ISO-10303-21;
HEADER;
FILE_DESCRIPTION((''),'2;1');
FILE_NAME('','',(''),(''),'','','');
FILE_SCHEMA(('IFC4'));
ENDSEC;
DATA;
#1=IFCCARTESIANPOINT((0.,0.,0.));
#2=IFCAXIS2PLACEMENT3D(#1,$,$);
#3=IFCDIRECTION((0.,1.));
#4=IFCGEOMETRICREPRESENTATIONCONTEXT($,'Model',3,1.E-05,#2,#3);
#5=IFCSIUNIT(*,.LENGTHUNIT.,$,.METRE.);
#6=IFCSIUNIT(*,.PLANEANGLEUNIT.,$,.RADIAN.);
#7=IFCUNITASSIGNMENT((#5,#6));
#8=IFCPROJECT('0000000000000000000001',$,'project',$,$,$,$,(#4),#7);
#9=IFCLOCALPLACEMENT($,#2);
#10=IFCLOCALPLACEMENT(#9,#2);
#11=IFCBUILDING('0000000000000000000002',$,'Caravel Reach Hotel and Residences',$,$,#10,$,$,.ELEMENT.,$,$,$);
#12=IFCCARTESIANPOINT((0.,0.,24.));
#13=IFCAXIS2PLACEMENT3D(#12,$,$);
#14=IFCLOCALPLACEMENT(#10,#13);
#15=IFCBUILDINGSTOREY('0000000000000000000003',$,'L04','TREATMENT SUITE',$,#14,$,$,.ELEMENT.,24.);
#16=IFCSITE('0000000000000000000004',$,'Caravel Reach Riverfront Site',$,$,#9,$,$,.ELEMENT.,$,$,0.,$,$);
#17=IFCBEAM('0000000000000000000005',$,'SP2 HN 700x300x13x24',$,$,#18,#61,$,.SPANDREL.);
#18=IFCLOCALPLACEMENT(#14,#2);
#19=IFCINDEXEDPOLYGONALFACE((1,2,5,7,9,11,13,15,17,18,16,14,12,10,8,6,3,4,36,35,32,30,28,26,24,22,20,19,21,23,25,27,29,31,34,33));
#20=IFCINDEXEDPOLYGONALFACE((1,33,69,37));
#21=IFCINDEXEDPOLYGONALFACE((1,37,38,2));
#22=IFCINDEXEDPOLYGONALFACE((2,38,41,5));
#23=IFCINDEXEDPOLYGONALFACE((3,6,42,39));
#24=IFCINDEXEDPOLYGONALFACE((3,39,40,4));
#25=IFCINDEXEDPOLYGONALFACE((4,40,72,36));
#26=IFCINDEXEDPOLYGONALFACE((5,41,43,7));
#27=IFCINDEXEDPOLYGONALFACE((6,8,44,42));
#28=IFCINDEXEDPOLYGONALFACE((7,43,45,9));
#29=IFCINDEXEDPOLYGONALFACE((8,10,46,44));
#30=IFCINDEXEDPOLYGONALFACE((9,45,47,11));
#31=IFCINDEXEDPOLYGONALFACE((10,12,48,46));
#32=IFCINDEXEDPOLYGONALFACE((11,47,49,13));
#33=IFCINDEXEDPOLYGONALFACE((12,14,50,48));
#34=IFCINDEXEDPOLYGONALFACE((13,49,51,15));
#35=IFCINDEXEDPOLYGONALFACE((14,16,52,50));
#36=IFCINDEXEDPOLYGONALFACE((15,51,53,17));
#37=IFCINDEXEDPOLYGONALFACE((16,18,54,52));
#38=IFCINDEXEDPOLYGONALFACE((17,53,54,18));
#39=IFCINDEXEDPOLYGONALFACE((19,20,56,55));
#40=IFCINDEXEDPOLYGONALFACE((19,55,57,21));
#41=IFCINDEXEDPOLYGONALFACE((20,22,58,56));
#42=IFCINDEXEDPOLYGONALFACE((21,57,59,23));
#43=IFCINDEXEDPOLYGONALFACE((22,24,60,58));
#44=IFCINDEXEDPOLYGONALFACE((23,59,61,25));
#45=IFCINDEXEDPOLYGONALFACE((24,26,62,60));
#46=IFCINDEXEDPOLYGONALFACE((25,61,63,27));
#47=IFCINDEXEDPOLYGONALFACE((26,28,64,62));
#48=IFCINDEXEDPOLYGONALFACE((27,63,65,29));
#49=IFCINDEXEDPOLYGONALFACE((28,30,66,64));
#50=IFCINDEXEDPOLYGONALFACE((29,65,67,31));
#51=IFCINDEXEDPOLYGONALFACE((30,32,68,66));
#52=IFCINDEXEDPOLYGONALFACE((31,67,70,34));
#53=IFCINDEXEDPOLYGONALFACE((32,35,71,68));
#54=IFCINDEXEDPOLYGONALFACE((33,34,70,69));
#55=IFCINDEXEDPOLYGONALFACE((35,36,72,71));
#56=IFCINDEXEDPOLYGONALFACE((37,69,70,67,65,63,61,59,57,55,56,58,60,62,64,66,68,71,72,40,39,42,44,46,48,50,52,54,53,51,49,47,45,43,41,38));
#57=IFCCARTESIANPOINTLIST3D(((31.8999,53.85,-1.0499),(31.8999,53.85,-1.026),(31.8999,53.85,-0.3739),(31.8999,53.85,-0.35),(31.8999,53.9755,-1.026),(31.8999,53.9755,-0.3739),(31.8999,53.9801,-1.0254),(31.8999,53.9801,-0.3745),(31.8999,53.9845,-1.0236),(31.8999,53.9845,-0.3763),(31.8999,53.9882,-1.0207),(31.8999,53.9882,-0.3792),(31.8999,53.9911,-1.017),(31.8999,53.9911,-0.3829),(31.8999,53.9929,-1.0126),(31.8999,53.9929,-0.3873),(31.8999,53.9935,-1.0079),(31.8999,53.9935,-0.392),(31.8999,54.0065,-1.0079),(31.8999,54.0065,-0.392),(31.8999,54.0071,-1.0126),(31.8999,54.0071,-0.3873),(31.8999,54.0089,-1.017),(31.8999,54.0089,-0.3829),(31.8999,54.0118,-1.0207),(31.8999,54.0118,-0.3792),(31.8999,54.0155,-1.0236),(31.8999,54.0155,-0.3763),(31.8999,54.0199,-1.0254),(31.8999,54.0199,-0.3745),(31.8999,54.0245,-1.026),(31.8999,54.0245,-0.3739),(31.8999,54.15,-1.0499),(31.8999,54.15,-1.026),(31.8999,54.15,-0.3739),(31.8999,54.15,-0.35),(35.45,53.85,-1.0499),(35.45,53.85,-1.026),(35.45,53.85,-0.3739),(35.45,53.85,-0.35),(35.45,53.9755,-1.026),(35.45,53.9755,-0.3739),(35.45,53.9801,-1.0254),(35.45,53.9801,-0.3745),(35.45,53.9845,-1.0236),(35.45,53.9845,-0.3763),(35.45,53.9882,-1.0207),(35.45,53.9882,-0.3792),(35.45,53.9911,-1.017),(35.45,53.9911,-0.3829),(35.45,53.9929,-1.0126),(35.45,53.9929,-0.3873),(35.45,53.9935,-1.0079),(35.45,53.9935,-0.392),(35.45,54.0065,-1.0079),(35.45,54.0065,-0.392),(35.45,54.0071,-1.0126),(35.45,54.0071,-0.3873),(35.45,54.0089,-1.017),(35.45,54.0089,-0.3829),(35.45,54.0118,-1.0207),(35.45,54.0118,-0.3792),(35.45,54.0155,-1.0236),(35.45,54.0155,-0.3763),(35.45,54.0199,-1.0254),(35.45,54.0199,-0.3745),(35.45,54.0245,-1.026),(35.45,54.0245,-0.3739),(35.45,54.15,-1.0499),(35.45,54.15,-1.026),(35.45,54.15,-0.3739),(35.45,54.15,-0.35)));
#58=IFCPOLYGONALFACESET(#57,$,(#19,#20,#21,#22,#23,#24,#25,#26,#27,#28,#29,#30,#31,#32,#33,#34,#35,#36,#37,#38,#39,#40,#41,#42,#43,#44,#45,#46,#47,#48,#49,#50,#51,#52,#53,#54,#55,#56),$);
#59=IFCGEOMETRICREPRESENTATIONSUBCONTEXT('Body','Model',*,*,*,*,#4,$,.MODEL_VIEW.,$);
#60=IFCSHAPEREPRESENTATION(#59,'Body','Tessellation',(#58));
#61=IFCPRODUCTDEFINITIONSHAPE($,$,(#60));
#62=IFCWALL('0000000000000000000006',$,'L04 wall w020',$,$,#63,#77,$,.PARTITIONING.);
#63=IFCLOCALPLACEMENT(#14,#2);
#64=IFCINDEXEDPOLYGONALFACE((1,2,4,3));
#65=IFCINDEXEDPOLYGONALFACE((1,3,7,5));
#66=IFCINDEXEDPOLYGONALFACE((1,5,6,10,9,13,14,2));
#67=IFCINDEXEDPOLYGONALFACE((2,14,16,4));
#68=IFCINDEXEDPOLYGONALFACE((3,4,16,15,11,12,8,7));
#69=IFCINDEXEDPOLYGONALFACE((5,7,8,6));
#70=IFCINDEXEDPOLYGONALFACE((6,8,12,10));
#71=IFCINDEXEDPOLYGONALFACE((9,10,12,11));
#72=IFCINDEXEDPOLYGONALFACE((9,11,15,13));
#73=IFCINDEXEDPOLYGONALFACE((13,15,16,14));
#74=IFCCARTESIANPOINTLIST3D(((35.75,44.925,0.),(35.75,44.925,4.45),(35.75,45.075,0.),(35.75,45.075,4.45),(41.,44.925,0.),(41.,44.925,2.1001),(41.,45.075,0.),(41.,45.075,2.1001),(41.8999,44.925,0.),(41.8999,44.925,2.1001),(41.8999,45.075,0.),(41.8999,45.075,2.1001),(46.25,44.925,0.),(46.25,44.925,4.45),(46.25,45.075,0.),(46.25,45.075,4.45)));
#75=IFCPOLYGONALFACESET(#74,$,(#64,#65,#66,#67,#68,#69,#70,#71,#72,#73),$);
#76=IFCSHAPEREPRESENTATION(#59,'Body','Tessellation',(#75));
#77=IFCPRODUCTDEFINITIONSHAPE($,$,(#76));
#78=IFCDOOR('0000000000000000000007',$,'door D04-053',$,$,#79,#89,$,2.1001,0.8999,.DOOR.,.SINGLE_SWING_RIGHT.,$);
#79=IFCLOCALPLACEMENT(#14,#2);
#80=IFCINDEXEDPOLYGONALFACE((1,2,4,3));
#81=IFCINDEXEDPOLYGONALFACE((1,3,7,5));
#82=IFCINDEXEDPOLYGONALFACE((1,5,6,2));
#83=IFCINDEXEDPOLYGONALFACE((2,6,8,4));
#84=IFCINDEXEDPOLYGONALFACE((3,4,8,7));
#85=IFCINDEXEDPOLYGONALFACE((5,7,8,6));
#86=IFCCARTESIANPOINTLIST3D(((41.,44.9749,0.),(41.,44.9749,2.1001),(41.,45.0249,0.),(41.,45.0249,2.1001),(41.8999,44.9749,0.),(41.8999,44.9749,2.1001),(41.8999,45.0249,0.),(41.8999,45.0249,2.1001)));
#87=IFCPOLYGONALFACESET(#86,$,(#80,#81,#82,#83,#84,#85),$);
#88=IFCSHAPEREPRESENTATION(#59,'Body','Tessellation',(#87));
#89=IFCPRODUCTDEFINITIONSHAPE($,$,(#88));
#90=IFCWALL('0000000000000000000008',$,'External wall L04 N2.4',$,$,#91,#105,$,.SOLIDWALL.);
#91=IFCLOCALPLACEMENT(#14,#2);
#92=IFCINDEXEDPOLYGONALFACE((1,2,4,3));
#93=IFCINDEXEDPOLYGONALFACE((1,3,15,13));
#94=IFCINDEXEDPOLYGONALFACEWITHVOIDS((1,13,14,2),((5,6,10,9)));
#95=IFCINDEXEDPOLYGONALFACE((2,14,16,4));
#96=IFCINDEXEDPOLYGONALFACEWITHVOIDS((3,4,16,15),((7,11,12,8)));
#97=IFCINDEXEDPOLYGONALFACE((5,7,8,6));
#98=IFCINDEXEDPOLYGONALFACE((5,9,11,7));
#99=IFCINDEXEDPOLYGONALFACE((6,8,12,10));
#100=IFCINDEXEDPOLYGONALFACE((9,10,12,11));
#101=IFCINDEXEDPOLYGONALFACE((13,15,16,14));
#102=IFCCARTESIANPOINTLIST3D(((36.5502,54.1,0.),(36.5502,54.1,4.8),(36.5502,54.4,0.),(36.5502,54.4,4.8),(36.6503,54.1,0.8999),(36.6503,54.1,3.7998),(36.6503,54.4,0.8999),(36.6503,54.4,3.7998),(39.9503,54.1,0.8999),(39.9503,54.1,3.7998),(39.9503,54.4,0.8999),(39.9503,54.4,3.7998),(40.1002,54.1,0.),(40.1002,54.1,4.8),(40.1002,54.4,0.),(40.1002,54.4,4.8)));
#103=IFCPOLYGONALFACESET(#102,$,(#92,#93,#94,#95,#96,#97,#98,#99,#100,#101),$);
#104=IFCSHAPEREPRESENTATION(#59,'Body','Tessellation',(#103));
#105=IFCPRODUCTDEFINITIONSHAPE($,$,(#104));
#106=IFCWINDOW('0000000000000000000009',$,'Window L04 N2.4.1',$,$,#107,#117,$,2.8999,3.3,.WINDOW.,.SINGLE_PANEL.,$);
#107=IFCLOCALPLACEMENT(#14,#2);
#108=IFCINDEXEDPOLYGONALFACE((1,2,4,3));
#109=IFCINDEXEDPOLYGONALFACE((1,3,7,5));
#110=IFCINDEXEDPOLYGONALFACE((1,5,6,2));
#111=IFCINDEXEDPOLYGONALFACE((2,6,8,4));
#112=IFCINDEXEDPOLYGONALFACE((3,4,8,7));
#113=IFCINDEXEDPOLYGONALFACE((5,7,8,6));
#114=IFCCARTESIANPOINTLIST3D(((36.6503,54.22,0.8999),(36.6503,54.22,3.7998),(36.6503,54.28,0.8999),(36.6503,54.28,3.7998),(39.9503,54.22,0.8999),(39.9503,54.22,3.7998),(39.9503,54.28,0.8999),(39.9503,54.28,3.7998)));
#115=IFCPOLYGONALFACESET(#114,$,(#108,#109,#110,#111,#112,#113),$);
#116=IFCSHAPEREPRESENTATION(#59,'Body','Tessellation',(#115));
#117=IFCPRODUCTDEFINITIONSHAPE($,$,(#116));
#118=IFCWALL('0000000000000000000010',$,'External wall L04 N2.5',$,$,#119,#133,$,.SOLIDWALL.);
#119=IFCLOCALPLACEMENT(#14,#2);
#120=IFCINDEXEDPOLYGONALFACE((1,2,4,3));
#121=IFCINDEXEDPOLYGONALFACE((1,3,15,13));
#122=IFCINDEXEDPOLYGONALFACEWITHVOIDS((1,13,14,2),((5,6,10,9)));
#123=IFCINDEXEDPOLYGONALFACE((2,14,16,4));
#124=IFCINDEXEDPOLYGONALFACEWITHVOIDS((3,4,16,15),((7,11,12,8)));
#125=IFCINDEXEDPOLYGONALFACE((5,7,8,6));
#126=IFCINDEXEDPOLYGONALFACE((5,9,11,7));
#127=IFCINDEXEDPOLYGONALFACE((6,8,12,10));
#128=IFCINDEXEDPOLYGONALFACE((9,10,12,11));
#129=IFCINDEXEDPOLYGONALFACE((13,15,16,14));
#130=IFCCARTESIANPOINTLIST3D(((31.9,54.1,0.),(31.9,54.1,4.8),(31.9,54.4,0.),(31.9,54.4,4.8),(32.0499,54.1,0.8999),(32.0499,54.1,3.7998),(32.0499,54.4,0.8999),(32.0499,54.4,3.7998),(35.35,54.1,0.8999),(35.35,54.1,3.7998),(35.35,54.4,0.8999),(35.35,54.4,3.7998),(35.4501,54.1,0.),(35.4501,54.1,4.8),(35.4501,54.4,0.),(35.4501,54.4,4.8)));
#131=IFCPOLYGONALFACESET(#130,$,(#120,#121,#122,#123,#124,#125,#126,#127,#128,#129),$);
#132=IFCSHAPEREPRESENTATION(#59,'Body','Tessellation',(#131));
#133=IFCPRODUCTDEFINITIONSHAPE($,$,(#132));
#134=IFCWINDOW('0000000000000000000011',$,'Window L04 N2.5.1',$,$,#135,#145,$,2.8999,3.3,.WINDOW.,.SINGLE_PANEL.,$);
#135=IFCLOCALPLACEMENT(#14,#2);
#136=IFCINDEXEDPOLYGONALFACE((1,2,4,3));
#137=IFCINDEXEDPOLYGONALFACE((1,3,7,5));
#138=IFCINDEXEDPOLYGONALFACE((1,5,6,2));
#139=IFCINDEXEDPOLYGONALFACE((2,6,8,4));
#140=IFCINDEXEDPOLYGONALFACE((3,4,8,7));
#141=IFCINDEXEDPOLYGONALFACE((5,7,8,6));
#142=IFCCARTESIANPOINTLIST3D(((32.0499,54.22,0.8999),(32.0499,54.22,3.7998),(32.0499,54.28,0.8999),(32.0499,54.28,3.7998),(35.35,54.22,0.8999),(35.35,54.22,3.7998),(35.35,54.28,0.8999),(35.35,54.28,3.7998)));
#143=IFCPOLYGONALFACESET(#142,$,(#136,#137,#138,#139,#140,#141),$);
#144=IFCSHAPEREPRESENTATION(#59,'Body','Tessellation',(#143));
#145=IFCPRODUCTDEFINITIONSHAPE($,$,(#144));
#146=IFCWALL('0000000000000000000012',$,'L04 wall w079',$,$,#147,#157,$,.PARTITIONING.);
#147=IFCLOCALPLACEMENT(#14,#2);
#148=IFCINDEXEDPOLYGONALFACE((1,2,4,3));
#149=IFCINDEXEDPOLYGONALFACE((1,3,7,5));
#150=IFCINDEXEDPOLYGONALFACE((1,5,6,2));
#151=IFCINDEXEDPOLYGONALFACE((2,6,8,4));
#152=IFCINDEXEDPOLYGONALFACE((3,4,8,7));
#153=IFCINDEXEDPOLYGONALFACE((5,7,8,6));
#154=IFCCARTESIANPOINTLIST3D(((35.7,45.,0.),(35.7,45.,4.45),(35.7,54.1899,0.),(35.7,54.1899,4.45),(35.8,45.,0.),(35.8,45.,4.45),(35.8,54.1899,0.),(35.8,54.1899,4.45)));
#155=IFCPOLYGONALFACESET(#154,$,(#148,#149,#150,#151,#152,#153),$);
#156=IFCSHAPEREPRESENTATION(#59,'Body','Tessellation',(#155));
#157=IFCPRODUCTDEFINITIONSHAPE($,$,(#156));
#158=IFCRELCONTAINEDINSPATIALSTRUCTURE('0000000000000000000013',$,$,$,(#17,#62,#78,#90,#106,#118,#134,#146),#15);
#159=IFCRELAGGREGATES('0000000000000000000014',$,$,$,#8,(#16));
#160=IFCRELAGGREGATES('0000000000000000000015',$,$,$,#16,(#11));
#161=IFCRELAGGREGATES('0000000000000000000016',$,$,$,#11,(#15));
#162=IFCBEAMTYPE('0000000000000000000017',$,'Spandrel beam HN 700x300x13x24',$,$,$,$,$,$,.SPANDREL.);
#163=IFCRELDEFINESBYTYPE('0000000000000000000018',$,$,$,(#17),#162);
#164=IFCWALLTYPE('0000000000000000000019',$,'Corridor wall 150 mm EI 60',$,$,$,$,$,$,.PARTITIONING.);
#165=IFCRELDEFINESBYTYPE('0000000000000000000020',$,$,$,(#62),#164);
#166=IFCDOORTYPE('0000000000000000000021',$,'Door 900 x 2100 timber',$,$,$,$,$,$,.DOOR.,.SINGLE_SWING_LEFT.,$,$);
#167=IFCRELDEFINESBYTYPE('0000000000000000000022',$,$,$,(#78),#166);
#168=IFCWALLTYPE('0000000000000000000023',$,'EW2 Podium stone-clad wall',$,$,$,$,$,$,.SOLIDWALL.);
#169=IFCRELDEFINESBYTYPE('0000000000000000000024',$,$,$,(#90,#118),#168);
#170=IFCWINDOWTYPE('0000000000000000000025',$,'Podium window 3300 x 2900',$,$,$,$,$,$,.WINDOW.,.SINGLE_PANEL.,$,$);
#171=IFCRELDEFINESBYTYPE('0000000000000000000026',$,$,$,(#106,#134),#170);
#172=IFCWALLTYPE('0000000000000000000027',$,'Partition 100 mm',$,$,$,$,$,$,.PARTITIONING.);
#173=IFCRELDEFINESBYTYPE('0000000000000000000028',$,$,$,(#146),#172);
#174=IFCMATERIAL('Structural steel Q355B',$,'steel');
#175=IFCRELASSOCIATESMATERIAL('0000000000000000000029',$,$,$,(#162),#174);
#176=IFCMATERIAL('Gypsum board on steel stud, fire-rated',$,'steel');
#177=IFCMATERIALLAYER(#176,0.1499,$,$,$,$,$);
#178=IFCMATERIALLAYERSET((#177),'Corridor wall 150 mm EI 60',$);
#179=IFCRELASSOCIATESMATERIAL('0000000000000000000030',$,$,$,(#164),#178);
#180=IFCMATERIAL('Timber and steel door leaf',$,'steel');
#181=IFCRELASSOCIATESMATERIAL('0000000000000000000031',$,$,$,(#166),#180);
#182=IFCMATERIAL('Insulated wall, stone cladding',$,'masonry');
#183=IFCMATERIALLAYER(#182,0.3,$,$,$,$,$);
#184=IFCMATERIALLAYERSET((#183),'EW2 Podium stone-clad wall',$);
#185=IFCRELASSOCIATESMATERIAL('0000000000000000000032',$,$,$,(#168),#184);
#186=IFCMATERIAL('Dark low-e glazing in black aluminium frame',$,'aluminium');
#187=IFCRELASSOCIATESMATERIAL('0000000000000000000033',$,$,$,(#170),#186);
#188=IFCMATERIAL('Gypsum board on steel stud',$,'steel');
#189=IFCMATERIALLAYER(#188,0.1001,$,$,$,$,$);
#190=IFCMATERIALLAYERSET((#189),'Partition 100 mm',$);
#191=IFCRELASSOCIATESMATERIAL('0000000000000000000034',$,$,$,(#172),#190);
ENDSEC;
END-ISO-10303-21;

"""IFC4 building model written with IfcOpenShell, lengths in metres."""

from ifc_helpers import new_model, si_unit, direction, frame, frame_2d, origin, origin_2d, place, context, subcontext, project, spatial, rectangle, i_section, extrude, material, layer, layer_set, material_profile, profile_set, type_object, element, fill, save


model = new_model("IFC4")

# Units and contexts
model_context = context("Model", 3, precision=1e-05, world=origin(), true_north=direction((0.0, 1.0)))
body_context = subcontext(model_context, "Body", "Model", "MODEL_VIEW")
ifc_project = project(units=[si_unit("LENGTHUNIT", "METRE"), si_unit("PLANEANGLEUNIT", "RADIAN")], contexts=[model_context])

# Site, building, storey
site_placement = place(None, origin())
site = spatial("IfcSite", under=ifc_project, at=site_placement, Name="Caravel Reach Riverfront Site", CompositionType="ELEMENT", RefElevation=0.0)
building_placement = place(site_placement, origin())
building = spatial("IfcBuilding", under=site, at=building_placement, Name="Caravel Reach Hotel and Residences", CompositionType="ELEMENT")
storey_placement = place(building_placement, frame((0.0, 0.0, 24.0)))
storey = spatial("IfcBuildingStorey", under=building, at=storey_placement, Name="L04", Description="TREATMENT SUITE", CompositionType="ELEMENT", Elevation=24.0)

# Beam
ifc_material_1 = material(Name="Structural steel Q355B", Category="steel")
ifc_material_profile_1 = material_profile(ifc_material_1, i_section(OverallWidth=0.3, OverallDepth=0.7, WebThickness=0.0129, FlangeThickness=0.0239, FilletRadius=0.0181, at=origin_2d()), Name="HN 700x300x13x24")
ifc_profile_set_1 = profile_set([ifc_material_profile_1], Name="Structural steel Q355B")
beam_type = type_object("IfcBeamType", Name="Spandrel beam HN 700x300x13x24", PredefinedType="SPANDREL", material=ifc_profile_set_1)
for number, where, z_axis, x_axis, name in (
    (1, (35.45, 54.0, -0.7), (-1.0, 0.0, 0.0), (0.0, -1.0, 0.0), "SP2 HN 700x300x13x24"),
):
    element("IfcBeam", number, at=place(storey_placement, frame(where, z_axis=z_axis, x_axis=x_axis)), inside=storey, type_object=beam_type, Name=name, PredefinedType="SPANDREL", context=body_context, shape_type="SweptSolid", body=[
        extrude(i_section(OverallWidth=0.3, OverallDepth=0.7, WebThickness=0.0129, FlangeThickness=0.0239, FilletRadius=0.0181, at=origin_2d()), origin(), (0.0, 0.0, 1.0), 3.55),
    ])

# Wall, opening, door
ifc_material_2 = material(Name="Gypsum board on steel stud, fire-rated", Category="steel")
ifc_layer_1 = layer(ifc_material_2, 0.1499)
ifc_layer_set_1 = layer_set([ifc_layer_1], Name="Corridor wall 150 mm EI 60")
wall_type_1 = type_object("IfcWallType", Name="Corridor wall 150 mm EI 60", PredefinedType="PARTITIONING", material=ifc_layer_set_1)
wall_1_placement = place(storey_placement, frame((35.75, 45.0, 0.0), z_axis=(0.0, 0.0, 1.0), x_axis=(1.0, 0.0, 0.0)))
wall_1 = element("IfcWall", 2, at=wall_1_placement, inside=storey, type_object=wall_type_1, Name="L04 wall w020", PredefinedType="PARTITIONING", context=body_context, shape_type="SweptSolid", body=[
    extrude(rectangle(XDim=10.5, YDim=0.1499, at=frame_2d((5.25, 0.0))), origin(), (0.0, 0.0, 1.0), 4.45),
])
opening_1_placement = place(wall_1_placement, frame((5.25, 0.0, 0.0)))
opening_1 = element("IfcOpeningElement", 3, at=opening_1_placement, cuts=wall_1, PredefinedType="OPENING", context=body_context, shape_type="SweptSolid", body=[
    extrude(rectangle(XDim=0.8999, YDim=2.1001, at=frame_2d((0.45, 1.05))), frame((0.0, 0.085, 0.0), z_axis=(0.0, -1.0, 0.0), x_axis=(1.0, 0.0, 0.0)), (0.0, 0.0, 1.0), 0.1699),
])
ifc_material_3 = material(Name="Timber and steel door leaf", Category="steel")
door_type = type_object("IfcDoorType", Name="Door 900 x 2100 timber", OperationType="SINGLE_SWING_LEFT", PredefinedType="DOOR", material=ifc_material_3)
door_placement = place(opening_1_placement, origin())
door = element("IfcDoor", 4, at=door_placement, inside=storey, type_object=door_type, Name="door D04-053", OperationType="SINGLE_SWING_RIGHT", OverallHeight=2.1001, OverallWidth=0.8999, PredefinedType="DOOR", context=body_context, shape_type="SweptSolid", body=[
    extrude(rectangle(XDim=0.8999, YDim=2.1001, at=frame_2d((0.45, 1.05))), frame((0.0, 0.0249, 0.0), z_axis=(0.0, -1.0, 0.0), x_axis=(1.0, 0.0, 0.0)), (0.0, 0.0, 1.0), 0.05),
])
fill(opening_1, door)

# Walls, openings, windows
ifc_material_4 = material(Name="Insulated wall, stone cladding", Category="masonry")
ifc_layer_2 = layer(ifc_material_4, 0.3)
ifc_layer_set_2 = layer_set([ifc_layer_2], Name="EW2 Podium stone-clad wall")
wall_type_2 = type_object("IfcWallType", Name="EW2 Podium stone-clad wall", PredefinedType="SOLIDWALL", material=ifc_layer_set_2)
wall_2_placement = place(storey_placement, frame((40.1001, 54.25, 0.0), z_axis=(0.0, 0.0, 1.0), x_axis=(-1.0, 0.0, 0.0)))
wall_2 = element("IfcWall", 5, at=wall_2_placement, inside=storey, type_object=wall_type_2, Name="External wall L04 N2.4", PredefinedType="SOLIDWALL", context=body_context, shape_type="SweptSolid", body=[
    extrude(rectangle(XDim=3.55, YDim=0.3, at=frame_2d((1.7749, 0.0))), origin(), (0.0, 0.0, 1.0), 4.8),
])
opening_2_placement = place(wall_2_placement, frame((0.1499, 0.0, 0.8999)))
opening_2 = element("IfcOpeningElement", 6, at=opening_2_placement, cuts=wall_2, PredefinedType="OPENING", context=body_context, shape_type="SweptSolid", body=[
    extrude(rectangle(XDim=3.3, YDim=2.8999, at=frame_2d((1.6499, 1.45))), frame((0.0, 0.1599, 0.0), z_axis=(0.0, -1.0, 0.0), x_axis=(1.0, 0.0, 0.0)), (0.0, 0.0, 1.0), 0.3201),
])
ifc_material_5 = material(Name="Dark low-e glazing in black aluminium frame", Category="aluminium")
window_type = type_object("IfcWindowType", Name="Podium window 3300 x 2900", PartitioningType="SINGLE_PANEL", PredefinedType="WINDOW", material=ifc_material_5)
window_1_placement = place(opening_2_placement, origin())
window_1 = element("IfcWindow", 7, at=window_1_placement, inside=storey, type_object=window_type, Name="Window L04 N2.4.1", OverallHeight=2.8999, OverallWidth=3.3, PartitioningType="SINGLE_PANEL", PredefinedType="WINDOW", context=body_context, shape_type="SweptSolid", body=[
    extrude(rectangle(XDim=3.3, YDim=2.8999, at=frame_2d((1.6499, 1.45))), frame((0.0, 0.03, 0.0), z_axis=(0.0, -1.0, 0.0), x_axis=(1.0, 0.0, 0.0)), (0.0, 0.0, 1.0), 0.0601),
])
fill(opening_2, window_1)
wall_3_placement = place(storey_placement, frame((35.45, 54.25, 0.0), z_axis=(0.0, 0.0, 1.0), x_axis=(-1.0, 0.0, 0.0)))
wall_3 = element("IfcWall", 8, at=wall_3_placement, inside=storey, type_object=wall_type_2, Name="External wall L04 N2.5", PredefinedType="SOLIDWALL", context=body_context, shape_type="SweptSolid", body=[
    extrude(rectangle(XDim=3.55, YDim=0.3, at=frame_2d((1.7749, 0.0))), origin(), (0.0, 0.0, 1.0), 4.8),
])
opening_3_placement = place(wall_3_placement, frame((0.1001, 0.0, 0.8999)))
opening_3 = element("IfcOpeningElement", 9, at=opening_3_placement, cuts=wall_3, PredefinedType="OPENING", context=body_context, shape_type="SweptSolid", body=[
    extrude(rectangle(XDim=3.3, YDim=2.8999, at=frame_2d((1.6499, 1.45))), frame((0.0, 0.1599, 0.0), z_axis=(0.0, -1.0, 0.0), x_axis=(1.0, 0.0, 0.0)), (0.0, 0.0, 1.0), 0.3201),
])
window_2_placement = place(opening_3_placement, origin())
window_2 = element("IfcWindow", 10, at=window_2_placement, inside=storey, type_object=window_type, Name="Window L04 N2.5.1", OverallHeight=2.8999, OverallWidth=3.3, PartitioningType="SINGLE_PANEL", PredefinedType="WINDOW", context=body_context, shape_type="SweptSolid", body=[
    extrude(rectangle(XDim=3.3, YDim=2.8999, at=frame_2d((1.6499, 1.45))), frame((0.0, 0.03, 0.0), z_axis=(0.0, -1.0, 0.0), x_axis=(1.0, 0.0, 0.0)), (0.0, 0.0, 1.0), 0.0601),
])
fill(opening_3, window_2)

# Wall
ifc_material_6 = material(Name="Gypsum board on steel stud", Category="steel")
ifc_layer_3 = layer(ifc_material_6, 0.1001)
ifc_layer_set_3 = layer_set([ifc_layer_3], Name="Partition 100 mm")
wall_type_3 = type_object("IfcWallType", Name="Partition 100 mm", PredefinedType="PARTITIONING", material=ifc_layer_set_3)
wall_4_placement = place(storey_placement, frame((35.75, 45.0, 0.0), z_axis=(0.0, 0.0, 1.0), x_axis=(0.0, 1.0, 0.0)))
element("IfcWall", 11, at=wall_4_placement, inside=storey, type_object=wall_type_3, Name="L04 wall w079", PredefinedType="PARTITIONING", context=body_context, shape_type="SweptSolid", body=[
    extrude(rectangle(XDim=9.1899, YDim=0.1001, at=frame_2d((4.595, 0.0))), origin(), (0.0, 0.0, 1.0), 4.45),
])

save(model, "model.ifc")
